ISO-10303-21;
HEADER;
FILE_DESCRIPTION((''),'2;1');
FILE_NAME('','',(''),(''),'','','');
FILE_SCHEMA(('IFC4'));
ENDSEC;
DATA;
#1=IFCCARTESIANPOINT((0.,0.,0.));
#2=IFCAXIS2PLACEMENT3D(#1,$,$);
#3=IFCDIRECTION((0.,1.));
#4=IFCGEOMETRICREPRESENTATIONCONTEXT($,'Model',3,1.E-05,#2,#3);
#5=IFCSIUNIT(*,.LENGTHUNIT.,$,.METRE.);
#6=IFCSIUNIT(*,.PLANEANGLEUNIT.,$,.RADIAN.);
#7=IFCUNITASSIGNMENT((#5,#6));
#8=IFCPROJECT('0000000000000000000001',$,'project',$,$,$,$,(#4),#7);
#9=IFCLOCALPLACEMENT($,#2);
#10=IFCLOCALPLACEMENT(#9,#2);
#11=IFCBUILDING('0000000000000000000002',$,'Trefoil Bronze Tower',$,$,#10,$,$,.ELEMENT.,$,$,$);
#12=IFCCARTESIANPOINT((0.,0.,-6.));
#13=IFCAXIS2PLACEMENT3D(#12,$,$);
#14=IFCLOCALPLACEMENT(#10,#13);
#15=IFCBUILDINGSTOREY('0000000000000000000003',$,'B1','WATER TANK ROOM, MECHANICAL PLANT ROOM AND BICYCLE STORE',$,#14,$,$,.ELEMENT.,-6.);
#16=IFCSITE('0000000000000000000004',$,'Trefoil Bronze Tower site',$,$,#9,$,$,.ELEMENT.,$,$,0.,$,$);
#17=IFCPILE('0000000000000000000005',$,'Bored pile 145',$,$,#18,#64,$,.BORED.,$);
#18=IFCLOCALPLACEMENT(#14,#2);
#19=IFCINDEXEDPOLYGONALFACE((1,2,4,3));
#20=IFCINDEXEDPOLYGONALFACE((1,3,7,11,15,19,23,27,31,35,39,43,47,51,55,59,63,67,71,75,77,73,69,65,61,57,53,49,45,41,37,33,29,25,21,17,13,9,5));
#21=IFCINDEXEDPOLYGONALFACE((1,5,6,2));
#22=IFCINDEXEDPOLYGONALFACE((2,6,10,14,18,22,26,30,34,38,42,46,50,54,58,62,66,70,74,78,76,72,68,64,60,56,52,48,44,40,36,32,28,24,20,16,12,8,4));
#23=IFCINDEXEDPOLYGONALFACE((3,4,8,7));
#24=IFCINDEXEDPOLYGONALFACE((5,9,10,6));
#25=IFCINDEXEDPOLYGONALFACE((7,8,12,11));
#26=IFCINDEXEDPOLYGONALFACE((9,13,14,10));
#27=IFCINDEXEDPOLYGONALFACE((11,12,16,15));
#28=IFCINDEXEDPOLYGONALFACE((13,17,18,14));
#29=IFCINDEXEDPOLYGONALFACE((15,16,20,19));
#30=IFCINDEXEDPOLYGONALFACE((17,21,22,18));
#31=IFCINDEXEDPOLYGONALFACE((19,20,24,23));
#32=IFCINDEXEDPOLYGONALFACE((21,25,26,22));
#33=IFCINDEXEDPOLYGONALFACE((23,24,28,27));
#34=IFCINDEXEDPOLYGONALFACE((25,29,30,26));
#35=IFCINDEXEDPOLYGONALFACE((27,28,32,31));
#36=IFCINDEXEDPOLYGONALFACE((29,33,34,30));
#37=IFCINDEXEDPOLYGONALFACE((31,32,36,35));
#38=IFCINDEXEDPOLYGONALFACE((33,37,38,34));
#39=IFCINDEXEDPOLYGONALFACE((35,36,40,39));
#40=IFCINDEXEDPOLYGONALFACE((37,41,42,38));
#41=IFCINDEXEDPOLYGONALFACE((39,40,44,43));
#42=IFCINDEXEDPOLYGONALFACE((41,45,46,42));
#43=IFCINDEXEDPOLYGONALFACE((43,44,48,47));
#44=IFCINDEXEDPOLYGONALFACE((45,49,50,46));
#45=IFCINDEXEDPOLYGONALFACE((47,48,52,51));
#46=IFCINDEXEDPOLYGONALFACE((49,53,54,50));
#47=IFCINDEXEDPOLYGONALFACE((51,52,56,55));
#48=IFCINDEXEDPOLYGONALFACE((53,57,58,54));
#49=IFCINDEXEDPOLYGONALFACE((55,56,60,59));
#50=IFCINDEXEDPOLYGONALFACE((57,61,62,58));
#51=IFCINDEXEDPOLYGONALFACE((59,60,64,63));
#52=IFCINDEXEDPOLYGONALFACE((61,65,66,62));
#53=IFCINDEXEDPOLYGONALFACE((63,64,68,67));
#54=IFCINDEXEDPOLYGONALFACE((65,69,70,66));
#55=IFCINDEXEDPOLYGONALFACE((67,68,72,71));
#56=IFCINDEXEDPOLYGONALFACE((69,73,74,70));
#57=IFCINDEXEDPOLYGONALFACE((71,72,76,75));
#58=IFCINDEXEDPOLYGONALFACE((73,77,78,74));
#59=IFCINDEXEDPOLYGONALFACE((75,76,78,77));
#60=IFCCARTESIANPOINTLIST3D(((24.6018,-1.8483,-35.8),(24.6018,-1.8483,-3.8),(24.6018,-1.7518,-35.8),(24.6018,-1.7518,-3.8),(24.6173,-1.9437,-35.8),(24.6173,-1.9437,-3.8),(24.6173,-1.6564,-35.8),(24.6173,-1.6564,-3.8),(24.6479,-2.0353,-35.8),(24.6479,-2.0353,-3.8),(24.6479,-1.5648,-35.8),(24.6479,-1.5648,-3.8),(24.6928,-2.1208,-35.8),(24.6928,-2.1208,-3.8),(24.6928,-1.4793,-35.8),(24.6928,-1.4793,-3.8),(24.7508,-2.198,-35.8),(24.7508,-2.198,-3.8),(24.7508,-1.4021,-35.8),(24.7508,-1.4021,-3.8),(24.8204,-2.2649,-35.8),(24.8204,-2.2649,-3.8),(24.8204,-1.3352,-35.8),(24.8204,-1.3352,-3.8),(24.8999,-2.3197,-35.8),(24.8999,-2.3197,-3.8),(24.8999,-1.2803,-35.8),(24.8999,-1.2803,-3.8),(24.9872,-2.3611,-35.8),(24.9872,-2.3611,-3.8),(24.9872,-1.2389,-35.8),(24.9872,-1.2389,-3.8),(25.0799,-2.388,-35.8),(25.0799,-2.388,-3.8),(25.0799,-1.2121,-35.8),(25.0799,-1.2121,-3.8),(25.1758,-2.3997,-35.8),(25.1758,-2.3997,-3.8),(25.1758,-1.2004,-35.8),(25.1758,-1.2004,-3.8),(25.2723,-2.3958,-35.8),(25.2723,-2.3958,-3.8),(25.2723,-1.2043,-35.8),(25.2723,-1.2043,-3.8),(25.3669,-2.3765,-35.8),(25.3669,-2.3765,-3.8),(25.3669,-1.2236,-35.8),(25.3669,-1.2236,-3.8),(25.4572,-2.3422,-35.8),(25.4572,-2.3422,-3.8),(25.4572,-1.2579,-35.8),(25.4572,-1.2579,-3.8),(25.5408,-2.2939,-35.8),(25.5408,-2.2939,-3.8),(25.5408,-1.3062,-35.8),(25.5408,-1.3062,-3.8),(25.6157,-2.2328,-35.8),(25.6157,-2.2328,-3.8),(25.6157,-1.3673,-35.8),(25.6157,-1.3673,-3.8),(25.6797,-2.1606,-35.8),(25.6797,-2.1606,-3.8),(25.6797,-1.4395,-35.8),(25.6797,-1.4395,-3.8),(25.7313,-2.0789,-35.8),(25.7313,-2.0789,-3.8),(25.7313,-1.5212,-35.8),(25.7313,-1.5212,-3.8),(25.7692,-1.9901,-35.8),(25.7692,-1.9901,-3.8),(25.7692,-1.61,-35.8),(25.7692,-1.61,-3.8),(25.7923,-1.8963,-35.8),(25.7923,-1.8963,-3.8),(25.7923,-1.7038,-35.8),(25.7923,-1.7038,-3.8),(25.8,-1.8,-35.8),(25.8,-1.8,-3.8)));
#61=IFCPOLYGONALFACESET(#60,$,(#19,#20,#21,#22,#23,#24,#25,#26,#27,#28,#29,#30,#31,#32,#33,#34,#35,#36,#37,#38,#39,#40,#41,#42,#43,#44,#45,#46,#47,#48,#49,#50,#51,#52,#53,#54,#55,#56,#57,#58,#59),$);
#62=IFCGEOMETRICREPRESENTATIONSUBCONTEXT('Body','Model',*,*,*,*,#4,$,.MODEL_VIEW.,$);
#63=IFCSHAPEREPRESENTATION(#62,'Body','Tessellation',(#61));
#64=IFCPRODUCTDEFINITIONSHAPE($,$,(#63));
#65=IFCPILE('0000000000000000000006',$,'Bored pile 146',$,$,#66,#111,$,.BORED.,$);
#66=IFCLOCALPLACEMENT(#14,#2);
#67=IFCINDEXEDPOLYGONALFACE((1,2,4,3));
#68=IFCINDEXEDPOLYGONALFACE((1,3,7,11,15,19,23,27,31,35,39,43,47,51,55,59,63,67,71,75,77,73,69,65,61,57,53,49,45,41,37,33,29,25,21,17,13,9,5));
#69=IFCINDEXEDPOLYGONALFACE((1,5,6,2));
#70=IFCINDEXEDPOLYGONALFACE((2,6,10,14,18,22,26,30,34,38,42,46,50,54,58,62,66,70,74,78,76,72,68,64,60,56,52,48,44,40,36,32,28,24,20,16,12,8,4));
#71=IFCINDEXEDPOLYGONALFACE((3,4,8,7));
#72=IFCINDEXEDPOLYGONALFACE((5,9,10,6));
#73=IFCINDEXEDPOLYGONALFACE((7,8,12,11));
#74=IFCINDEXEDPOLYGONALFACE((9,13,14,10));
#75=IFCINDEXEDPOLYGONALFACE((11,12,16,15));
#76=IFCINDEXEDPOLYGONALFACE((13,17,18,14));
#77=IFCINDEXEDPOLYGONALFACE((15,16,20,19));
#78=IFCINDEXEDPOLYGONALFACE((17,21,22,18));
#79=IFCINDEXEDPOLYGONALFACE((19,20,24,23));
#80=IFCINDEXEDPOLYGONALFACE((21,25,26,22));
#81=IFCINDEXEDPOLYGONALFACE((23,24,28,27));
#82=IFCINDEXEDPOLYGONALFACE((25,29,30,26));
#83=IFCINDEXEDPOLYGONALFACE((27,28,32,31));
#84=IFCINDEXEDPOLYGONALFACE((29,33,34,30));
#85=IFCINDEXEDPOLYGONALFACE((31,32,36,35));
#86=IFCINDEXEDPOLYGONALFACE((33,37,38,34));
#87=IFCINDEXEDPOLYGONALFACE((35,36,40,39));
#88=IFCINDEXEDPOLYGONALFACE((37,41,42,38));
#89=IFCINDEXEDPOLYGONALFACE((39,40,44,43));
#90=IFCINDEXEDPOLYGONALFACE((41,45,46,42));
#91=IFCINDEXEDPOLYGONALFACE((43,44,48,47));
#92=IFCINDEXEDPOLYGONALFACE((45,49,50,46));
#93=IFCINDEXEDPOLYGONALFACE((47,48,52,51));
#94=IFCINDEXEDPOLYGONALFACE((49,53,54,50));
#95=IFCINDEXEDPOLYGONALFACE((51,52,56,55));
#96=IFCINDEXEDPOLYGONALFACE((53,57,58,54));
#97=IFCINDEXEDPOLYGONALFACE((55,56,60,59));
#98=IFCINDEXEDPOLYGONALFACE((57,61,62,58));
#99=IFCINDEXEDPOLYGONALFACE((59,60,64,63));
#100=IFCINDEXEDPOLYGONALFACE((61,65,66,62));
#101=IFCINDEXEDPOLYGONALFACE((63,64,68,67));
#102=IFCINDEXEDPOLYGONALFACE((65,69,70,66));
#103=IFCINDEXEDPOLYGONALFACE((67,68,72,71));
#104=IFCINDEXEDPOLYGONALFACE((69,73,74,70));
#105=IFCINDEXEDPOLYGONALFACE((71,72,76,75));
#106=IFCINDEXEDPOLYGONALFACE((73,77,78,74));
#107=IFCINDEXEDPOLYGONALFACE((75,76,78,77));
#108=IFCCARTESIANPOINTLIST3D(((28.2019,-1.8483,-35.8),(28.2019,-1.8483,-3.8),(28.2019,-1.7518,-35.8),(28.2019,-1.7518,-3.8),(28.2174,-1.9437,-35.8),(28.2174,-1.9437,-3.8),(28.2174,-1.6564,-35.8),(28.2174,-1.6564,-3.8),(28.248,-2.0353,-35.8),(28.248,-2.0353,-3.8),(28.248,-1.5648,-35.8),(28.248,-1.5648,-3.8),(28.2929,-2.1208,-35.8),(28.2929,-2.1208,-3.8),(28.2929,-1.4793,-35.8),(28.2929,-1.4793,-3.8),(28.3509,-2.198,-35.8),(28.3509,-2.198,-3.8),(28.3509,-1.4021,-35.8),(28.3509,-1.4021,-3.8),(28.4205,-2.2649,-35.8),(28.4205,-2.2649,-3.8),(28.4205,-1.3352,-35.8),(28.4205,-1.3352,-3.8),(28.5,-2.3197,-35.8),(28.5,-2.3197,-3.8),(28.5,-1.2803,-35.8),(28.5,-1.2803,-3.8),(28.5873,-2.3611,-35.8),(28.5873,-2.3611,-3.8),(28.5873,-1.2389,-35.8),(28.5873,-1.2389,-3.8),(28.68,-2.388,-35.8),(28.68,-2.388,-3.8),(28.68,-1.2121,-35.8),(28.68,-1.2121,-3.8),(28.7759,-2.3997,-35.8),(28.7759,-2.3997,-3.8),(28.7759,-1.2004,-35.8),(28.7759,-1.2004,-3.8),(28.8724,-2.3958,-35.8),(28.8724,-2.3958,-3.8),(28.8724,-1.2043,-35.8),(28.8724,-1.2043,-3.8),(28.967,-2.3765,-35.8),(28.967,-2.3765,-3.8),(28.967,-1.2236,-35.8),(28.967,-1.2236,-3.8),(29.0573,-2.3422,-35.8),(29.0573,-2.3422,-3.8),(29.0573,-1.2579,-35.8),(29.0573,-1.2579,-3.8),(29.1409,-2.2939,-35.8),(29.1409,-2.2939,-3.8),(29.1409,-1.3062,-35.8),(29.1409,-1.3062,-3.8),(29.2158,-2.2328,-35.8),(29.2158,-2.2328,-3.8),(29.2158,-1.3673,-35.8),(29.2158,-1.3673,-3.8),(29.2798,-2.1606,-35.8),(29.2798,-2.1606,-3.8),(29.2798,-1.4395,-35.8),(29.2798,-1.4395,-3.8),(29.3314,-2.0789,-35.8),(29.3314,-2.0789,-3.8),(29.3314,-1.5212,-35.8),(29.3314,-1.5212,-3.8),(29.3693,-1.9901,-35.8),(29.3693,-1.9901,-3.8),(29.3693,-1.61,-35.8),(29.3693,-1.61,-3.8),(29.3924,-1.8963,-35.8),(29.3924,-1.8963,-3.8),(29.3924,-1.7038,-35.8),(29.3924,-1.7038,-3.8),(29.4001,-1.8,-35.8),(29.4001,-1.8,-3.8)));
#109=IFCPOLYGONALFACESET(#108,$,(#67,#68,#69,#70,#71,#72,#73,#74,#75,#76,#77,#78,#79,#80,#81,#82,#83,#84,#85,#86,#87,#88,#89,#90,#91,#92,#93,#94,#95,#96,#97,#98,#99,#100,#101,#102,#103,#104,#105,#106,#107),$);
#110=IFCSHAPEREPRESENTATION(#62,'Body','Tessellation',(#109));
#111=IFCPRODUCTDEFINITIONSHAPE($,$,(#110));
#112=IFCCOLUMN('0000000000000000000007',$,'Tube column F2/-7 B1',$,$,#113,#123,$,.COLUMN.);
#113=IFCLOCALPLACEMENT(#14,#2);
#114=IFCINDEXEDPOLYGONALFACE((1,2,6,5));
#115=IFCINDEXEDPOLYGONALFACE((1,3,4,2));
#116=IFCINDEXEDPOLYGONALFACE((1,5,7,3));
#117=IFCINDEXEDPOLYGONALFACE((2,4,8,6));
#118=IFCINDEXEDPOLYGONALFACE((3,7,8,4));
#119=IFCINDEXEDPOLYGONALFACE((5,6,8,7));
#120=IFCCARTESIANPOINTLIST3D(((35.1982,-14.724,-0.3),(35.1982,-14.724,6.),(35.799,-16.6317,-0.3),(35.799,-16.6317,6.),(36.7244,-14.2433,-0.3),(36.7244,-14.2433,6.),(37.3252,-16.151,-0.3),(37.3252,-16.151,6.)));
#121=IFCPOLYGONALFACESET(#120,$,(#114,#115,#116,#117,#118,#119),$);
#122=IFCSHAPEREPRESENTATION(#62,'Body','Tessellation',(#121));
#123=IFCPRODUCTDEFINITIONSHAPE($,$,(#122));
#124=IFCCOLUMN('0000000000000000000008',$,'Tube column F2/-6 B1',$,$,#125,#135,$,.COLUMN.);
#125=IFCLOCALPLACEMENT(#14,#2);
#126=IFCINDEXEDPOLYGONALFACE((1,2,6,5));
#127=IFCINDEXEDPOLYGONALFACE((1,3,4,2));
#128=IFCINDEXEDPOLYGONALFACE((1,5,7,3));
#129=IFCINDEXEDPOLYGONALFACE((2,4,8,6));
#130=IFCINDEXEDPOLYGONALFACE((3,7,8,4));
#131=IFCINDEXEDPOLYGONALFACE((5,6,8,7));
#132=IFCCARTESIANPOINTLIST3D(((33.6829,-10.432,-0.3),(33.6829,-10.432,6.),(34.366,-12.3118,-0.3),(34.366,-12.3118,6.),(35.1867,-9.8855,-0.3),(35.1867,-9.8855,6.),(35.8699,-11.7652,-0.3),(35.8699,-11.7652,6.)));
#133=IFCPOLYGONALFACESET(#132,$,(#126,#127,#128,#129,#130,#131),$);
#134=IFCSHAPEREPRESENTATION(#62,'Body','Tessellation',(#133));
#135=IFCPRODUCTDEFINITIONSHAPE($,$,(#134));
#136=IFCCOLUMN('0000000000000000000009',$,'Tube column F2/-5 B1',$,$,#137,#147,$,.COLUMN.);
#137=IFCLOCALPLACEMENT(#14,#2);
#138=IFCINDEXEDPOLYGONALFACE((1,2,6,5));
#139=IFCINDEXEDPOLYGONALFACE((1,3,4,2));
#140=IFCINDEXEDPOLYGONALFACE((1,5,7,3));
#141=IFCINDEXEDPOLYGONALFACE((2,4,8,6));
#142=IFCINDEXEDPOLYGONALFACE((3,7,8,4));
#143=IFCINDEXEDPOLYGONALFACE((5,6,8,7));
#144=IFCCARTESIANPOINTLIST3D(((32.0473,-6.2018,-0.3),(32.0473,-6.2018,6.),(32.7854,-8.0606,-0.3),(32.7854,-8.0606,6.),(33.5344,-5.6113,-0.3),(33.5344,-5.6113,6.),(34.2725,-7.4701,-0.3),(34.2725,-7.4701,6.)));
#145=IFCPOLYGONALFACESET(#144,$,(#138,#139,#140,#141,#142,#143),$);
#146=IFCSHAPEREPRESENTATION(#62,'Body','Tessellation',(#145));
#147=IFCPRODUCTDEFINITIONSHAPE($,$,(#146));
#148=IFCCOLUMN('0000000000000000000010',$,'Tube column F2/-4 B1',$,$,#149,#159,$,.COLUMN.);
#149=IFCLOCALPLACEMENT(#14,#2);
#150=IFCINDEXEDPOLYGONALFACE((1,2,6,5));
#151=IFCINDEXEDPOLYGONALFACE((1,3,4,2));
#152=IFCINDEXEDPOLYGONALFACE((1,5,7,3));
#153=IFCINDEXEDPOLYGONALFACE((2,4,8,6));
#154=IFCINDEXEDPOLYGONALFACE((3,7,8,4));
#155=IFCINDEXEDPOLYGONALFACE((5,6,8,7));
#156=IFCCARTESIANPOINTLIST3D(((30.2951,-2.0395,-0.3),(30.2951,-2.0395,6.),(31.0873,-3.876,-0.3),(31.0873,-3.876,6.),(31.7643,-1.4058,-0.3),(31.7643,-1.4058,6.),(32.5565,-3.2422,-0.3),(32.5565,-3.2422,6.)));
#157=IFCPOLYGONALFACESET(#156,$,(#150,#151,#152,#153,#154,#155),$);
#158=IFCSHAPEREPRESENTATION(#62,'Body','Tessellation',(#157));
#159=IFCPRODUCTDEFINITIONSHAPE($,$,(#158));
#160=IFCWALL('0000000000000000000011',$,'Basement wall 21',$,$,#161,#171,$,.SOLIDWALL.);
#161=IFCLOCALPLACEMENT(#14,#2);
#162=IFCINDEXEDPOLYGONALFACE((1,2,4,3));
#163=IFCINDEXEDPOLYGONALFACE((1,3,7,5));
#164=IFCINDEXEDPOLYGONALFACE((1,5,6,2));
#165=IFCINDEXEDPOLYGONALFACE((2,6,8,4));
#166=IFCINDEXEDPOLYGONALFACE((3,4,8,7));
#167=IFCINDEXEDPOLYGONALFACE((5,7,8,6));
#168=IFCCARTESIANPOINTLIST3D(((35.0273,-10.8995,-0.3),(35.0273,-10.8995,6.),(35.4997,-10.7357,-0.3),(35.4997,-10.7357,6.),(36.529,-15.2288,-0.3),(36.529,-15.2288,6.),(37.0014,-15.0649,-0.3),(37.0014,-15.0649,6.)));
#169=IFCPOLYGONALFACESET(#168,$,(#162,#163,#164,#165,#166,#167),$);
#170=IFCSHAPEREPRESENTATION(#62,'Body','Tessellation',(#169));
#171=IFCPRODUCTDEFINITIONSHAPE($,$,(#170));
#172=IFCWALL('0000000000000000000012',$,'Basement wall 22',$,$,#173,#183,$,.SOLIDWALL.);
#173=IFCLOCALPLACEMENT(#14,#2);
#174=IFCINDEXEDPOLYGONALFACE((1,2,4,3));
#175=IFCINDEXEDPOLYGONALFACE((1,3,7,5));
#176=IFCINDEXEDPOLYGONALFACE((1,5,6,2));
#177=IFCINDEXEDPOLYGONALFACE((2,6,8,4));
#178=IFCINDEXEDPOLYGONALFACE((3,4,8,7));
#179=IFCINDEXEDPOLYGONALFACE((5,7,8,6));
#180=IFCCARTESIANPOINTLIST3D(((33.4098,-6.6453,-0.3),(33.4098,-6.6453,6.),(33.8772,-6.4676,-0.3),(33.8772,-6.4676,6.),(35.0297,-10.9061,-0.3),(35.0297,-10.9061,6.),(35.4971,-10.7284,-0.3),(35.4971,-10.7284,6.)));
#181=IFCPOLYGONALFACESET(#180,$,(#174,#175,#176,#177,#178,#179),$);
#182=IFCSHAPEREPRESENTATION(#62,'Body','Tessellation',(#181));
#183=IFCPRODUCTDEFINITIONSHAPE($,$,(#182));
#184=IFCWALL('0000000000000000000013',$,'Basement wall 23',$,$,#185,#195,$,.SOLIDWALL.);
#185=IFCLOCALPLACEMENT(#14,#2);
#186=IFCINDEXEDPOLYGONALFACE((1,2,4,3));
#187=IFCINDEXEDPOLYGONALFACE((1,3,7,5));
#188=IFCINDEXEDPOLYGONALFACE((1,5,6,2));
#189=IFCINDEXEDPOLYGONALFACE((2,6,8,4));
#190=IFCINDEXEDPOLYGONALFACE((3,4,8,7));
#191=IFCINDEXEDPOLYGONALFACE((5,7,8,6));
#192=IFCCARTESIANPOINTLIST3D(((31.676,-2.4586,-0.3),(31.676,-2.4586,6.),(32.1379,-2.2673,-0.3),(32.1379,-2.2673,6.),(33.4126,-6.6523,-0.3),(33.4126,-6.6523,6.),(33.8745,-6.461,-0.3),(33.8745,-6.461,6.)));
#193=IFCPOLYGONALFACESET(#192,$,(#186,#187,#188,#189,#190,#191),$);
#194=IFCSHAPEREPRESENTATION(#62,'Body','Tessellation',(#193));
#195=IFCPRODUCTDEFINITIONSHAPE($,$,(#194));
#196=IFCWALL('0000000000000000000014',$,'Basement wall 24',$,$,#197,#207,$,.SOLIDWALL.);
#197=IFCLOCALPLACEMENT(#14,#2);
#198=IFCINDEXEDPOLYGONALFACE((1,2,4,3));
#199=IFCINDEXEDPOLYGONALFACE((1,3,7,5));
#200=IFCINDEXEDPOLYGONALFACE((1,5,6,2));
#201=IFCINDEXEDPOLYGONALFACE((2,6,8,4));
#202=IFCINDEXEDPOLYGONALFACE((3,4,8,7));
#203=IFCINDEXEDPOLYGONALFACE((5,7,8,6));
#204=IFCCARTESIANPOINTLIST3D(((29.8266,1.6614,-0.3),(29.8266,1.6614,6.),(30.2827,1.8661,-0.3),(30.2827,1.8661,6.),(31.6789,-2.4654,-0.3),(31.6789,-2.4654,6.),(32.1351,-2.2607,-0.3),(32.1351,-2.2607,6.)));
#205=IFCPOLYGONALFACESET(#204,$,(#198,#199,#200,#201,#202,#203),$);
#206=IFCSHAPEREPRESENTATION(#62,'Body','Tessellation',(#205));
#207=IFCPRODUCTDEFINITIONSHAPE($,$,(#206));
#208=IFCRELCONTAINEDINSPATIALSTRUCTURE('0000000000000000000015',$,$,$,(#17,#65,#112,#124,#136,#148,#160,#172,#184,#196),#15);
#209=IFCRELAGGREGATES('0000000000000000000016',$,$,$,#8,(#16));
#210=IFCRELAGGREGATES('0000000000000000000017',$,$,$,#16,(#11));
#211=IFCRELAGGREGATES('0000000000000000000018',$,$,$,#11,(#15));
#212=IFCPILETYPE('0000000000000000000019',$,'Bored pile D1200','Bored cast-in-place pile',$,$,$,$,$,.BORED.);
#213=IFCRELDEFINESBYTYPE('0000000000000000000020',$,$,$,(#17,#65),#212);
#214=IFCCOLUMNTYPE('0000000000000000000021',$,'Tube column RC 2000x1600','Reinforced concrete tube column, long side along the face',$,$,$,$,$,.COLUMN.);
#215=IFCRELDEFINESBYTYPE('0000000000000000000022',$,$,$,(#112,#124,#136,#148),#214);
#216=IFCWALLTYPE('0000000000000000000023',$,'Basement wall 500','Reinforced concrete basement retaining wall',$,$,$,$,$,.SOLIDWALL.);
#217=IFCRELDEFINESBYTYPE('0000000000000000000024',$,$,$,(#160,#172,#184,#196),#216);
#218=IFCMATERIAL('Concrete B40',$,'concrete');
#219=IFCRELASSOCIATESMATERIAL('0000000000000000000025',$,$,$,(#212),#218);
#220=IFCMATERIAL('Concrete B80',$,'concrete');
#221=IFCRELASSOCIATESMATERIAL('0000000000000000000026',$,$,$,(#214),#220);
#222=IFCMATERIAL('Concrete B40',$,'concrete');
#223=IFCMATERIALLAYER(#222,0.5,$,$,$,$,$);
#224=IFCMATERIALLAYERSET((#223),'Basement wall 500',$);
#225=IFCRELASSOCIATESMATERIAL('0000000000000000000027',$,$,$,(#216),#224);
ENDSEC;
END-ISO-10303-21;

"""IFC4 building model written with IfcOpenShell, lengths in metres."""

from ifc_helpers import new_model, si_unit, direction, frame, frame_2d, origin, origin_2d, place, context, subcontext, project, spatial, rectangle, circle, extrude, material, layer, layer_set, material_profile, profile_set, type_object, element, save


model = new_model("IFC4")

# Units and contexts
model_context = context("Model", 3, precision=1e-05, world=origin(), true_north=direction((0.0, 1.0)))
body_context = subcontext(model_context, "Body", "Model", "MODEL_VIEW")
ifc_project = project(units=[si_unit("LENGTHUNIT", "METRE"), si_unit("PLANEANGLEUNIT", "RADIAN")], contexts=[model_context])

# Site, building, storey
site_placement = place(None, origin())
site = spatial("IfcSite", under=ifc_project, at=site_placement, Name="Trefoil Bronze Tower site", CompositionType="ELEMENT", RefElevation=0.0)
building_placement = place(site_placement, origin())
building = spatial("IfcBuilding", under=site, at=building_placement, Name="Trefoil Bronze Tower", CompositionType="ELEMENT")
storey_placement = place(building_placement, frame((0.0, 0.0, -6.0)))
storey = spatial("IfcBuildingStorey", under=building, at=storey_placement, Name="B1", Description="WATER TANK ROOM, MECHANICAL PLANT ROOM AND BICYCLE STORE", CompositionType="ELEMENT", Elevation=-6.0)

# Piles
ifc_material_1 = material(Name="Concrete B40", Category="concrete")
pile_type = type_object("IfcPileType", Name="Bored pile D1200", Description="Bored cast-in-place pile", PredefinedType="BORED", material=ifc_material_1)
for number, where, z_axis, x_axis, name in (
    (1, (25.2, -1.8, -3.8), (0.0, 0.0, -1.0), (1.0, 0.0, 0.0), "Bored pile 145"),
    (2, (28.8, -1.8, -3.8), (0.0, 0.0, -1.0), (1.0, 0.0, 0.0), "Bored pile 146"),
):
    element("IfcPile", number, at=place(storey_placement, frame(where, z_axis=z_axis, x_axis=x_axis)), inside=storey, type_object=pile_type, Name=name, PredefinedType="BORED", context=body_context, shape_type="SweptSolid", body=[
        extrude(circle(Radius=0.6001, at=origin_2d()), origin(), (0.0, 0.0, 1.0), 32.0),
    ])

# Columns
ifc_material_2 = material(Name="Concrete B80", Category="concrete")
ifc_material_profile = material_profile(ifc_material_2, rectangle(XDim=2.0, YDim=1.6001, at=origin_2d()), Name="RC 2000x1600")
ifc_profile_set = profile_set([ifc_material_profile], Name="Concrete B80")
column_type = type_object("IfcColumnType", Name="Tube column RC 2000x1600", Description="Reinforced concrete tube column, long side along the face", PredefinedType="COLUMN", material=ifc_profile_set)
for number, where, z_axis, x_axis, name in (
    (3, (36.2617, -15.4375, -0.3), (0.0, 0.0, 1.0), (-0.300414, 0.953809, 0.0), "Tube column F2/-7 B1"),
    (4, (34.7764, -11.0986, -0.3), (0.0, 0.0, 1.0), (-0.341559, 0.93986, 0.0), "Tube column F2/-6 B1"),
    (5, (33.1599, -6.8359, -0.3), (0.0, 0.0, 1.0), (-0.36904, 0.929414, 0.0), "Tube column F2/-5 B1"),
    (6, (31.4258, -2.6409, -0.3), (0.0, 0.0, 1.0), (-0.396085, 0.918214, 0.0), "Tube column F2/-4 B1"),
):
    element("IfcColumn", number, at=place(storey_placement, frame(where, z_axis=z_axis, x_axis=x_axis)), inside=storey, type_object=column_type, Name=name, PredefinedType="COLUMN", context=body_context, shape_type="SweptSolid", body=[
        extrude(rectangle(XDim=2.0, YDim=1.6001, at=origin_2d()), origin(), (0.0, 0.0, 1.0), 6.3),
    ])

# Walls
ifc_material_3 = material(Name="Concrete B40", Category="concrete")
ifc_layer_1 = layer(ifc_material_3, 0.5)
ifc_layer_set_1 = layer_set([ifc_layer_1], Name="Basement wall 500")
wall_type_1 = type_object("IfcWallType", Name="Basement wall 500", Description="Reinforced concrete basement retaining wall", PredefinedType="SOLIDWALL", material=ifc_layer_set_1)
wall_1_placement = place(storey_placement, frame((36.7651, -15.1467, -0.3), z_axis=(0.0, 0.0, 1.0), x_axis=(-0.327713, 0.944777, 0.0)))
element("IfcWall", 7, at=wall_1_placement, inside=storey, type_object=wall_type_1, Name="Basement wall 21", PredefinedType="SOLIDWALL", context=body_context, shape_type="SweptSolid", body=[
    extrude(rectangle(XDim=4.5823, YDim=0.5, at=frame_2d((2.291, 0.0))), origin(), (0.0, 0.0, 1.0), 6.3),
])
wall_2_placement = place(storey_placement, frame((35.2634, -10.8174, -0.3), z_axis=(0.0, 0.0, 1.0), x_axis=(-0.355369, 0.934726, 0.0)))
element("IfcWall", 8, at=wall_2_placement, inside=storey, type_object=wall_type_1, Name="Basement wall 22", PredefinedType="SOLIDWALL", context=body_context, shape_type="SweptSolid", body=[
    extrude(rectangle(XDim=4.5583, YDim=0.5, at=frame_2d((2.2793, 0.0))), origin(), (0.0, 0.0, 1.0), 6.3),
])
wall_3_placement = place(storey_placement, frame((33.6436, -6.5566, -0.3), z_axis=(0.0, 0.0, 1.0), x_axis=(-0.382594, 0.923917, 0.0)))
element("IfcWall", 9, at=wall_3_placement, inside=storey, type_object=wall_type_1, Name="Basement wall 23", PredefinedType="SOLIDWALL", context=body_context, shape_type="SweptSolid", body=[
    extrude(rectangle(XDim=4.5391, YDim=0.5, at=frame_2d((2.2695, 0.0))), origin(), (0.0, 0.0, 1.0), 6.3),
])
wall_4_placement = place(storey_placement, frame((31.907, -2.363, -0.3), z_axis=(0.0, 0.0, 1.0), x_axis=(-0.409496, 0.912312, 0.0)))
element("IfcWall", 10, at=wall_4_placement, inside=storey, type_object=wall_type_1, Name="Basement wall 24", PredefinedType="SOLIDWALL", context=body_context, shape_type="SweptSolid", body=[
    extrude(rectangle(XDim=4.5234, YDim=0.5, at=frame_2d((2.2617, 0.0))), origin(), (0.0, 0.0, 1.0), 6.3),
])

save(model, "model.ifc")
